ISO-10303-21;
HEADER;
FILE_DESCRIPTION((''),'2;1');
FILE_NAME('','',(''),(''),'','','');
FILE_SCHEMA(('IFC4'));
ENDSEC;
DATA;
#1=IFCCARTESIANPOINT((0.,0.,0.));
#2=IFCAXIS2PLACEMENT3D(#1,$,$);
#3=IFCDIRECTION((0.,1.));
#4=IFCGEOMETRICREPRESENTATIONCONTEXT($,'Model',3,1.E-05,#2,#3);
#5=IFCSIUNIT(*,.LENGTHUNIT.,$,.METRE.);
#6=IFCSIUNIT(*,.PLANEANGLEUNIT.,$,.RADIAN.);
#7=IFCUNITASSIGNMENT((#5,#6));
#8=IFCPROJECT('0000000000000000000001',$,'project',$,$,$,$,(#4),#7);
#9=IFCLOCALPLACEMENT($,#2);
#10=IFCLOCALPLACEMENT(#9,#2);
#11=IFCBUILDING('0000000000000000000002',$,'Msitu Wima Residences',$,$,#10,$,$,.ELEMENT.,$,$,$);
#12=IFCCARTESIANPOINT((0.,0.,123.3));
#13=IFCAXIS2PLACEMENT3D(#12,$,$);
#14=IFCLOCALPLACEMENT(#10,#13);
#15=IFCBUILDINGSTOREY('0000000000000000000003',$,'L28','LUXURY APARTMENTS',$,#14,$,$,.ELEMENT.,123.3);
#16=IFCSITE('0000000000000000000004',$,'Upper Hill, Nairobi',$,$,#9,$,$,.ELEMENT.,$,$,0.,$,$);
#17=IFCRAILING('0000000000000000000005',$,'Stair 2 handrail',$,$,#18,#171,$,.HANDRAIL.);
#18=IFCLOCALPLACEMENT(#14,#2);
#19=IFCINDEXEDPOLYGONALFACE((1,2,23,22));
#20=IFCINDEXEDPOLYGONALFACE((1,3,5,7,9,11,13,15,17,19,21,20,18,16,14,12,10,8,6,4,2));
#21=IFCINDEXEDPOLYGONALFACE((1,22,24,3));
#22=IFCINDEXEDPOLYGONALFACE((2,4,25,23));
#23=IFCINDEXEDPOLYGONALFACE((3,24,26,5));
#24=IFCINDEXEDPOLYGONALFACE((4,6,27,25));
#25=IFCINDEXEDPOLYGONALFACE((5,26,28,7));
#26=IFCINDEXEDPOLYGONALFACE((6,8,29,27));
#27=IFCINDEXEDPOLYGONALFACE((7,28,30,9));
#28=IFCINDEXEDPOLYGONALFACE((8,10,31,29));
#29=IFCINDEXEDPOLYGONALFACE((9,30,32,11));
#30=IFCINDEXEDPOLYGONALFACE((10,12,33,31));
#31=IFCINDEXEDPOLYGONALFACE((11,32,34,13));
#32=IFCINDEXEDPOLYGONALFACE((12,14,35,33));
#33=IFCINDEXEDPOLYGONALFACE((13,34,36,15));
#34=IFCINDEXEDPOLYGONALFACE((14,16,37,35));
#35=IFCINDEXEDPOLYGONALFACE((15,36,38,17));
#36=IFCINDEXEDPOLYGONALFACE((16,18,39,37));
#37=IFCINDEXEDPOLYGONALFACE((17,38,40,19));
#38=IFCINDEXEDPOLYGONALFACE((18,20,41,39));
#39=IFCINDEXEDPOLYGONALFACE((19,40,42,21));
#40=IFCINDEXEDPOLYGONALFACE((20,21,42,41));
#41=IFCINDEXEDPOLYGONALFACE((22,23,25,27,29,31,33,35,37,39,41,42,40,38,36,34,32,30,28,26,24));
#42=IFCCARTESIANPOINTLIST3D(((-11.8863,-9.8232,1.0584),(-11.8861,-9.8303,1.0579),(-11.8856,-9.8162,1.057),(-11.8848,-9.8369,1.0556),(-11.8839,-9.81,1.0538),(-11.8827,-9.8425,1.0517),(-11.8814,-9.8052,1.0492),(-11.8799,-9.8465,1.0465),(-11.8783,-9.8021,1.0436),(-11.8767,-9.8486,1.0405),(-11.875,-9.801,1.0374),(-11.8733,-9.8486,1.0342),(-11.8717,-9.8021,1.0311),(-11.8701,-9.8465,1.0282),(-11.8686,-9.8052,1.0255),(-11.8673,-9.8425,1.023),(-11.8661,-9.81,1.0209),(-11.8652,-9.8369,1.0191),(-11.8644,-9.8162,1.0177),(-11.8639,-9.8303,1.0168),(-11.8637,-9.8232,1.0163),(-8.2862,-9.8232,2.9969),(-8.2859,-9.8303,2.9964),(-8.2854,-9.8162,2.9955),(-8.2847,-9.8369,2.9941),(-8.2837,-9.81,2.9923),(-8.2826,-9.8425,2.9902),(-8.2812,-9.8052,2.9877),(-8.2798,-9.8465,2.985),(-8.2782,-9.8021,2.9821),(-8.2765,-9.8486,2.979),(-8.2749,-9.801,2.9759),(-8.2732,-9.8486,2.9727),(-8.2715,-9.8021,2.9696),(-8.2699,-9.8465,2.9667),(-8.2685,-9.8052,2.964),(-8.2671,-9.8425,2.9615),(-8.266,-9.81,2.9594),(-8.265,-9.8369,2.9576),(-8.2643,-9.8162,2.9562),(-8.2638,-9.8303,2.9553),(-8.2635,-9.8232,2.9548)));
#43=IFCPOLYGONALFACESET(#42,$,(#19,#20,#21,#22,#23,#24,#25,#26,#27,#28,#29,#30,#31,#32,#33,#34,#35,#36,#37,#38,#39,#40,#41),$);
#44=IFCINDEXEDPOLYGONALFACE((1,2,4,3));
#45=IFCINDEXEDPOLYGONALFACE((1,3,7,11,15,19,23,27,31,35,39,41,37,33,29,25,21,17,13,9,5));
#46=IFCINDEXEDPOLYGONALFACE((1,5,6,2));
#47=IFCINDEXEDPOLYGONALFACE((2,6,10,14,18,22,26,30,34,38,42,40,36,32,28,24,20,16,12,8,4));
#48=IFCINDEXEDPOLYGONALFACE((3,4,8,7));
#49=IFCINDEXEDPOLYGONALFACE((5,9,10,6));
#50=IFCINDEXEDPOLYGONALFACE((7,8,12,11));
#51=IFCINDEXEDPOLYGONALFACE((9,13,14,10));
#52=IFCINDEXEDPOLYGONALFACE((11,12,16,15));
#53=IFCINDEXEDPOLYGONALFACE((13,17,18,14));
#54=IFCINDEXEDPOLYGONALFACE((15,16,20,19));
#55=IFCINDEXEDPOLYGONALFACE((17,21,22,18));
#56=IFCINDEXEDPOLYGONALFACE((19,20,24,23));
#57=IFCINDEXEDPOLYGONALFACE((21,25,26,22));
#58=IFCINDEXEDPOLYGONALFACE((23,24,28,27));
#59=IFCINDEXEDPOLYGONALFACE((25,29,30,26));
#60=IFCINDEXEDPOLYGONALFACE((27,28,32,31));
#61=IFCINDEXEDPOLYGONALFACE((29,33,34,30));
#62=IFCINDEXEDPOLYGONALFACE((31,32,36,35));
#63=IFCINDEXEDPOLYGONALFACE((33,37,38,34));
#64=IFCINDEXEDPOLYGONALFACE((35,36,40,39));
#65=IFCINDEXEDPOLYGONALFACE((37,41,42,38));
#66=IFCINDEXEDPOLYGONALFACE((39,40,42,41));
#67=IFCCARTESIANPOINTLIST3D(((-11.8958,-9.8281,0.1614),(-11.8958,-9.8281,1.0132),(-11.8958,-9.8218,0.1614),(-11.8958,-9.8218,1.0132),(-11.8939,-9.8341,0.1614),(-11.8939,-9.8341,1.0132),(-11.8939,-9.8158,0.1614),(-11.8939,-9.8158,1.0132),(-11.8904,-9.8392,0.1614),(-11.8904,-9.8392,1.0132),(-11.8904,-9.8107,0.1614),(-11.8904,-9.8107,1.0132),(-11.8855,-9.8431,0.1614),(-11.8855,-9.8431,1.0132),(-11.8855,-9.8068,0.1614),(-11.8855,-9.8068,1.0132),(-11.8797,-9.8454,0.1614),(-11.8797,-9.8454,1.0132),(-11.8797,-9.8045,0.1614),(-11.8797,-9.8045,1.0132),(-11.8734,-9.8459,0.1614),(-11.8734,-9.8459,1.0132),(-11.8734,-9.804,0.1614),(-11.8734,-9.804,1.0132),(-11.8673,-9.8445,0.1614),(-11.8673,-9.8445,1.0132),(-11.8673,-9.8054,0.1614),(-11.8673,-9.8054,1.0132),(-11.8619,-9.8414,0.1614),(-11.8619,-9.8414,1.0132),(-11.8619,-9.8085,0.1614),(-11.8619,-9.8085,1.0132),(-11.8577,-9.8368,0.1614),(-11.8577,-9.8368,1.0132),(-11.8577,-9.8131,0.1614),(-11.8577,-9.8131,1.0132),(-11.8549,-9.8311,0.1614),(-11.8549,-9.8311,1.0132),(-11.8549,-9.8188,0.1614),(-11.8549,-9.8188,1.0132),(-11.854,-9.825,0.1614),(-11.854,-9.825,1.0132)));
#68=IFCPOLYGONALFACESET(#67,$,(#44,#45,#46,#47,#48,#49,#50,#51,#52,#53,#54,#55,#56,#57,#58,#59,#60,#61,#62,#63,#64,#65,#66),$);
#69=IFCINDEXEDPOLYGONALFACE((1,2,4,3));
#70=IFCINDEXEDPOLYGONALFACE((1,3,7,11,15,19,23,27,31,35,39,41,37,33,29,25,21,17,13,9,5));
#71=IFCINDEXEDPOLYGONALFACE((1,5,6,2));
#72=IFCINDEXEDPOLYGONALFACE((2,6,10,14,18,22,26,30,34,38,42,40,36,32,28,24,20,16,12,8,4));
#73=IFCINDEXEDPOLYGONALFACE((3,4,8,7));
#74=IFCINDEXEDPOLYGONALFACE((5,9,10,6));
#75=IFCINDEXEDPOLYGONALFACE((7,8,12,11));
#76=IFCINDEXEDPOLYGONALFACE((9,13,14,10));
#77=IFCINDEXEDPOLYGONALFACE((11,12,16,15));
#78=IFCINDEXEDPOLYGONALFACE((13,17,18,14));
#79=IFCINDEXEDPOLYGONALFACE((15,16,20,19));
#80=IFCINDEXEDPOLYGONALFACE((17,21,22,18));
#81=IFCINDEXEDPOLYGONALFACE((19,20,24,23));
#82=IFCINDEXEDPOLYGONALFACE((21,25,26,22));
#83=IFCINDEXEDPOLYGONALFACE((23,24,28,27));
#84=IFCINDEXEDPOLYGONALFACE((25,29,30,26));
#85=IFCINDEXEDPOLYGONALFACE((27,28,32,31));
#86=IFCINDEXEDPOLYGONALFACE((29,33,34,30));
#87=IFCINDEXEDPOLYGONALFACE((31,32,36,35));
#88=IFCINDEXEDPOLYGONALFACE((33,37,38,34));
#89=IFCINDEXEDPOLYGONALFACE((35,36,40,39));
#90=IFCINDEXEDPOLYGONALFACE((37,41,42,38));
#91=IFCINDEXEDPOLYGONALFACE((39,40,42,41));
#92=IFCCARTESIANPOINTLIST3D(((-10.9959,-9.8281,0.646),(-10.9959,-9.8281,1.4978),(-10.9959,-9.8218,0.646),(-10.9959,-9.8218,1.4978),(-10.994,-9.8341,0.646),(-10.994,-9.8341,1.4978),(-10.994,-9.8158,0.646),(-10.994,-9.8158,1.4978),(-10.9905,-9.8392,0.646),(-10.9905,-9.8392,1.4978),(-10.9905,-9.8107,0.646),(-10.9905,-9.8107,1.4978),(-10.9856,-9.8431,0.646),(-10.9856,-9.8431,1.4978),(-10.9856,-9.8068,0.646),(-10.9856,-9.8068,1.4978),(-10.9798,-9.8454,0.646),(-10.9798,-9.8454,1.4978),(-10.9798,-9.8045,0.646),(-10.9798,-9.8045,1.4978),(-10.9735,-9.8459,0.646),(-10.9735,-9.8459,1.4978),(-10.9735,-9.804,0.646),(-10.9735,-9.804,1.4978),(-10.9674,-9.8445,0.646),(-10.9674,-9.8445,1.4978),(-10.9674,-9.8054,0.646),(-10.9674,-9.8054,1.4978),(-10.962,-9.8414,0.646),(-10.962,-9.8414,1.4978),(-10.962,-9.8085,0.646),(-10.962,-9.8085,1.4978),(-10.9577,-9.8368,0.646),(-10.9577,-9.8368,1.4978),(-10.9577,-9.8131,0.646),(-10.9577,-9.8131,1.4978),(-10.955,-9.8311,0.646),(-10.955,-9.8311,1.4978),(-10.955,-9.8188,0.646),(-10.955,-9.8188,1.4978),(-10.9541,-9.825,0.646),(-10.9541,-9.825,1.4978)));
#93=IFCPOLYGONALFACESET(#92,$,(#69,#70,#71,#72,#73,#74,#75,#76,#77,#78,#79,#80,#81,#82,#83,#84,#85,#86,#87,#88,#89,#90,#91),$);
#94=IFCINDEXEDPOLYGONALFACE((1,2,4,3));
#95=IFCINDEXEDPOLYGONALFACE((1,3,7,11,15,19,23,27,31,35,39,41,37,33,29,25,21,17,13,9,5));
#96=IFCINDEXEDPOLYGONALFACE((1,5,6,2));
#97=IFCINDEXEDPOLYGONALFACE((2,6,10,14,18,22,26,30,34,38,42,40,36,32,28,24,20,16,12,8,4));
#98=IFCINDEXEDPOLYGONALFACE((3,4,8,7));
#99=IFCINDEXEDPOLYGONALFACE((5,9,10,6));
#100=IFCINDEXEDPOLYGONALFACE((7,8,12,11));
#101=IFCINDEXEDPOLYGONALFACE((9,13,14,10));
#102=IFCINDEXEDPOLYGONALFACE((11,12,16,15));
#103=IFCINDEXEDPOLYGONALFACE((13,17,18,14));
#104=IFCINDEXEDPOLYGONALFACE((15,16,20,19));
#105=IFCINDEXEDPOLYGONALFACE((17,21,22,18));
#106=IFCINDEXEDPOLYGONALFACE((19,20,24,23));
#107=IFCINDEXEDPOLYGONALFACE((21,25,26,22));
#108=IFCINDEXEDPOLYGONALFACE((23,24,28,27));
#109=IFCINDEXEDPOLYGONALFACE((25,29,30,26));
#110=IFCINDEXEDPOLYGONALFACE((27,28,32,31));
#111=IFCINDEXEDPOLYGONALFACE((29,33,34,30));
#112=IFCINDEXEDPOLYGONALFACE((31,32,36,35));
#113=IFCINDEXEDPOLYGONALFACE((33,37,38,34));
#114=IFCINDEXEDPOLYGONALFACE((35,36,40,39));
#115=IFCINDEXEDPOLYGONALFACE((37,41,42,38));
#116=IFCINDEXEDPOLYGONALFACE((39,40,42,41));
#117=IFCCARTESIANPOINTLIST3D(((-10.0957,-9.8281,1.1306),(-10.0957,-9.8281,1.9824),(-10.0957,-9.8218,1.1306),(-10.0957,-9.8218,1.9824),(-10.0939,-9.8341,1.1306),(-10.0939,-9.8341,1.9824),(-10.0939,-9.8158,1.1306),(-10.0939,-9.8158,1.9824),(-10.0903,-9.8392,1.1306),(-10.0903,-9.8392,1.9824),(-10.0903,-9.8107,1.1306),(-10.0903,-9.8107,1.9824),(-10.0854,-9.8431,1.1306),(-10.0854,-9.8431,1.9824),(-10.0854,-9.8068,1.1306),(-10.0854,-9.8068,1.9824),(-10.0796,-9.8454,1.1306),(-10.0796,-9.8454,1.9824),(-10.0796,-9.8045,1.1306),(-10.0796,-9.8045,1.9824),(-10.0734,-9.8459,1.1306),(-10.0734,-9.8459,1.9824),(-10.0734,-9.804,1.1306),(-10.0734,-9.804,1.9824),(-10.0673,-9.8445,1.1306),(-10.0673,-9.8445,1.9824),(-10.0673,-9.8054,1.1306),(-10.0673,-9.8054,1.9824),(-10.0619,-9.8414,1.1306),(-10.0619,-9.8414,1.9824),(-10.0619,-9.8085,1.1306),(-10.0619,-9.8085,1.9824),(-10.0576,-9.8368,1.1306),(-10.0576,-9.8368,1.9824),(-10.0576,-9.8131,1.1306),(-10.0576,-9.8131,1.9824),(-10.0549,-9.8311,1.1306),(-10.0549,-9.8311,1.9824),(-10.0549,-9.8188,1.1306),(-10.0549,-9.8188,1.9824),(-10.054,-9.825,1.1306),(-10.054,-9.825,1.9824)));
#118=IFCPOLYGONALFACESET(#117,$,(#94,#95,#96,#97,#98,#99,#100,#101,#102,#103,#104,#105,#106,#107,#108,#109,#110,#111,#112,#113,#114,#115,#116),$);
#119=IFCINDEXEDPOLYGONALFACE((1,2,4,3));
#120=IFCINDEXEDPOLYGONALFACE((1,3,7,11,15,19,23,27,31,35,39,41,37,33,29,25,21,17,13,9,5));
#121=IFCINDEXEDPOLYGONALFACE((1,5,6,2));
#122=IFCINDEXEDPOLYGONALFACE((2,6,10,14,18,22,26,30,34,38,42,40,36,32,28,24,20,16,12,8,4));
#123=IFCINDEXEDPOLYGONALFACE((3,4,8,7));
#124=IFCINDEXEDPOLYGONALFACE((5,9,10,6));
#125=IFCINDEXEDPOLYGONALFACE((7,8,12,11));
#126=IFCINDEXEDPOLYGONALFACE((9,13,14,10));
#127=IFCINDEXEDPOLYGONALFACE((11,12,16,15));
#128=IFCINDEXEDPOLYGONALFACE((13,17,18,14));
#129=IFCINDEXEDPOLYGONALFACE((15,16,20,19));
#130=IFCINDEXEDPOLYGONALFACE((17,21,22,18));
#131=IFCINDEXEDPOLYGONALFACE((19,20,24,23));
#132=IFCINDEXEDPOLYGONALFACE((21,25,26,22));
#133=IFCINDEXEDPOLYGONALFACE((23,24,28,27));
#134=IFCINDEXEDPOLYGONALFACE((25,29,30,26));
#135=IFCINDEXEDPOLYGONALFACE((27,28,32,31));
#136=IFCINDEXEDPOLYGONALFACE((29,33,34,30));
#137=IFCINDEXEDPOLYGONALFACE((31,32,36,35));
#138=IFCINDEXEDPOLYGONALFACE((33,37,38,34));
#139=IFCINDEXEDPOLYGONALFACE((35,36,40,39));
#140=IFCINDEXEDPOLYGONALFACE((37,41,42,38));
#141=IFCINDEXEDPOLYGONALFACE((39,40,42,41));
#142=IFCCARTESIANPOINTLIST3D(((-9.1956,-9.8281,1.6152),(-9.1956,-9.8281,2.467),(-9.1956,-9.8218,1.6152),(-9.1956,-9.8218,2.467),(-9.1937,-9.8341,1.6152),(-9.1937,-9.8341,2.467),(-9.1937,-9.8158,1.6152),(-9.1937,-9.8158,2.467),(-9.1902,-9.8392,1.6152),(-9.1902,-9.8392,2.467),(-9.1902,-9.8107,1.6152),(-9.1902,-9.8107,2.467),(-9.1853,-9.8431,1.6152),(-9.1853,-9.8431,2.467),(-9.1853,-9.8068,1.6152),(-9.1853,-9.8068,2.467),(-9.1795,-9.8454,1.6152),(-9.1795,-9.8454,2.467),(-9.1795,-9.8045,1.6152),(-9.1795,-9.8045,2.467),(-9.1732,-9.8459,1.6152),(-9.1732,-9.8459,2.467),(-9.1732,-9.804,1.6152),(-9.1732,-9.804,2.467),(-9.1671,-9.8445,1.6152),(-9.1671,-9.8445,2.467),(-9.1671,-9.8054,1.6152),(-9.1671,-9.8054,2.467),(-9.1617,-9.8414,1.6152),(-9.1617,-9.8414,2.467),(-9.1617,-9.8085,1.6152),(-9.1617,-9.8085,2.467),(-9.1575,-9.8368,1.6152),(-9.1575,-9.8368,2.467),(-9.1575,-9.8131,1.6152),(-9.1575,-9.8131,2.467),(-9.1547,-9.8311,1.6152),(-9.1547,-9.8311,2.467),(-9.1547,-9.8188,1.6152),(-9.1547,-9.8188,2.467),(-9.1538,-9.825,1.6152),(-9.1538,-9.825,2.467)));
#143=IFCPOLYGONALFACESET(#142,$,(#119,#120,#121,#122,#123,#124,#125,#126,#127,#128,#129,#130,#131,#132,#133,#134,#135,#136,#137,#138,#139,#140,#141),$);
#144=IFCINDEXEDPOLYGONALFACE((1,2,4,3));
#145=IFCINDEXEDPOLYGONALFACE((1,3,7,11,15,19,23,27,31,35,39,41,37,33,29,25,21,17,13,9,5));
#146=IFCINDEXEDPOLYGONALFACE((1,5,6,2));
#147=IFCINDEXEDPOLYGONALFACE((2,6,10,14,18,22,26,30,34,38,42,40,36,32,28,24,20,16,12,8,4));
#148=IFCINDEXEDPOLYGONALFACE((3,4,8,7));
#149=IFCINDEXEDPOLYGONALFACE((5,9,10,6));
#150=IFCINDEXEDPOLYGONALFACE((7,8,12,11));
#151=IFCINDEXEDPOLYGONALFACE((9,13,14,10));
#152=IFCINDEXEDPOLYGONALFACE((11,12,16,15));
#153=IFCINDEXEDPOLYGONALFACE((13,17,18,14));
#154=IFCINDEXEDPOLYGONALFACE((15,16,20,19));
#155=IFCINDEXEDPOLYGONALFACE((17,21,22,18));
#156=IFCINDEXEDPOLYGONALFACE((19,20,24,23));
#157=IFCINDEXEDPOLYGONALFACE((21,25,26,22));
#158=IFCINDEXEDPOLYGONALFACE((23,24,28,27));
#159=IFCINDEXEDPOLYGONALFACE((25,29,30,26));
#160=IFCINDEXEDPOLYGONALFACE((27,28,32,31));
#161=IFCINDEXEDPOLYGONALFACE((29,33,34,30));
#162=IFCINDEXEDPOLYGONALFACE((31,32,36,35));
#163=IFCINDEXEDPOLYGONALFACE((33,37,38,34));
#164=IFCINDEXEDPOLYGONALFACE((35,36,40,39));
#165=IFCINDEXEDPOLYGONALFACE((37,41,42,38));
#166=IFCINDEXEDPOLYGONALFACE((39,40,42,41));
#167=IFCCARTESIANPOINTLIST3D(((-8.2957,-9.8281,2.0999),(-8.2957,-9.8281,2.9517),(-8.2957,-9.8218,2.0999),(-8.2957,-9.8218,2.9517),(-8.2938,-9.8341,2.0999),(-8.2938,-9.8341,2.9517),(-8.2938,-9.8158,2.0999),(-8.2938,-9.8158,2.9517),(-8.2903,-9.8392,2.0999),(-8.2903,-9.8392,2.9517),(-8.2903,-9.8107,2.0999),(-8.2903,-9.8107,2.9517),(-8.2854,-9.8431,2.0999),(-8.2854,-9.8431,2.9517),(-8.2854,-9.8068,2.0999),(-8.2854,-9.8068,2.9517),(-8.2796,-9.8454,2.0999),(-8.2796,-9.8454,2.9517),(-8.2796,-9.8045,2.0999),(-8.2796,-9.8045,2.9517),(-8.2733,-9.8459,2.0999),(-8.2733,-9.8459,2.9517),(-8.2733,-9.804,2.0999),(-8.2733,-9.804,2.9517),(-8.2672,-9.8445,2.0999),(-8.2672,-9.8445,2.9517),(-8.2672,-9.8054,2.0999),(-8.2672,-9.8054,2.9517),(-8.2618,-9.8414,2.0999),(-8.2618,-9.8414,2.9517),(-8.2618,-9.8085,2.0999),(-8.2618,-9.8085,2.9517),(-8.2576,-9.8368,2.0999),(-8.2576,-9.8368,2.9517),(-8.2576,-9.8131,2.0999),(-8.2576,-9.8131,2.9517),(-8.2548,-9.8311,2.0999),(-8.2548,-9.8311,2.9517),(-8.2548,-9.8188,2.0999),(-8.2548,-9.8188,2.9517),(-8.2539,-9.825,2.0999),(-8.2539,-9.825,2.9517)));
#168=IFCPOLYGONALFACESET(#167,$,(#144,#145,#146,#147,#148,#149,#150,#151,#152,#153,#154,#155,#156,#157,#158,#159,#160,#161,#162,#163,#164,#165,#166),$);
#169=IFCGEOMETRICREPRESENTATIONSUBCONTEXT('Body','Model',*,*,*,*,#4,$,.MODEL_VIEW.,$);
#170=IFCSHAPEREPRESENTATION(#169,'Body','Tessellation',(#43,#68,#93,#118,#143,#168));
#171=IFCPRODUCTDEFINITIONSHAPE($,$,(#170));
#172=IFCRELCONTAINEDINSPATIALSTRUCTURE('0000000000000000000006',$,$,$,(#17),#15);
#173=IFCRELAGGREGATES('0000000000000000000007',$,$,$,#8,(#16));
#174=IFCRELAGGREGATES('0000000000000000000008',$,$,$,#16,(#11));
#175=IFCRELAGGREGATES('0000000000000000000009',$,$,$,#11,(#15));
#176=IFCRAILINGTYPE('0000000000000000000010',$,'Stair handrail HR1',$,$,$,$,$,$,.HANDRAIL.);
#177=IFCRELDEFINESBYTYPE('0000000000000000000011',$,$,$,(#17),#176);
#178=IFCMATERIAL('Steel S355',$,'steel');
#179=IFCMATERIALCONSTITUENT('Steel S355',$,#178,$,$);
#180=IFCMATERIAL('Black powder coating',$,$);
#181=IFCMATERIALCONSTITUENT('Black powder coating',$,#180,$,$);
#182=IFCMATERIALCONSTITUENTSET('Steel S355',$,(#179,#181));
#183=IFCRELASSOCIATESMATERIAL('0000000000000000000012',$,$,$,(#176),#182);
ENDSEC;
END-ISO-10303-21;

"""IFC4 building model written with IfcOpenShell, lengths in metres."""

from ifc_helpers import new_model, si_unit, direction, frame, origin, origin_2d, place, context, subcontext, project, spatial, circle, extrude, material, constituent, constituent_set, type_object, element, save


model = new_model("IFC4")

# Units and contexts
model_context = context("Model", 3, precision=1e-05, world=origin(), true_north=direction((0.0, 1.0)))
body_context = subcontext(model_context, "Body", "Model", "MODEL_VIEW")
ifc_project = project(units=[si_unit("LENGTHUNIT", "METRE"), si_unit("PLANEANGLEUNIT", "RADIAN")], contexts=[model_context])

# Site, building, storey
site_placement = place(None, origin())
site = spatial("IfcSite", under=ifc_project, at=site_placement, Name="Upper Hill, Nairobi", CompositionType="ELEMENT", RefElevation=0.0)
building_placement = place(site_placement, origin())
building = spatial("IfcBuilding", under=site, at=building_placement, Name="Msitu Wima Residences", CompositionType="ELEMENT")
storey_placement = place(building_placement, frame((0.0, 0.0, 123.3)))
storey = spatial("IfcBuildingStorey", under=building, at=storey_placement, Name="L28", Description="LUXURY APARTMENTS", CompositionType="ELEMENT", Elevation=123.3)

# Railing
ifc_material_1 = material(Name="Steel S355", Category="steel")
ifc_constituent_1 = constituent(ifc_material_1, Name="Steel S355")
ifc_material_2 = material(Name="Black powder coating")
ifc_constituent_2 = constituent(ifc_material_2, Name="Black powder coating")
ifc_constituent_set = constituent_set(constituents=[ifc_constituent_1, ifc_constituent_2], Name="Steel S355")
railing_type = type_object("IfcRailingType", Name="Stair handrail HR1", PredefinedType="HANDRAIL", material=ifc_constituent_set)
for number, where, name in (
    (1, (-11.875, -9.825, 0.1614), "Stair 2 handrail"),
):
    element("IfcRailing", number, at=place(storey_placement, frame(where)), inside=storey, type_object=railing_type, Name=name, PredefinedType="HANDRAIL", context=body_context, shape_type="SweptSolid", body=[
        extrude(circle(Radius=0.0239, at=origin_2d()), frame((0.0, 0.0, 0.876), z_axis=(0.880475, 0.0, 0.474093), x_axis=(0.0, 1.0, 0.0)), (0.0, 0.0, 1.0), 4.0889),
        extrude(circle(Radius=0.021, at=origin_2d()), origin(), (0.0, 0.0, 1.0), 0.8518),
        extrude(circle(Radius=0.021, at=origin_2d()), frame((0.8999, 0.0, 0.4846)), (0.0, 0.0, 1.0), 0.8518),
        extrude(circle(Radius=0.021, at=origin_2d()), frame((1.8, 0.0, 0.9692)), (0.0, 0.0, 1.0), 0.8518),
        extrude(circle(Radius=0.021, at=origin_2d()), frame((2.7002, 0.0, 1.4539)), (0.0, 0.0, 1.0), 0.8518),
        extrude(circle(Radius=0.021, at=origin_2d()), frame((3.6001, 0.0, 1.9385)), (0.0, 0.0, 1.0), 0.8518),
    ])

save(model, "model.ifc")
